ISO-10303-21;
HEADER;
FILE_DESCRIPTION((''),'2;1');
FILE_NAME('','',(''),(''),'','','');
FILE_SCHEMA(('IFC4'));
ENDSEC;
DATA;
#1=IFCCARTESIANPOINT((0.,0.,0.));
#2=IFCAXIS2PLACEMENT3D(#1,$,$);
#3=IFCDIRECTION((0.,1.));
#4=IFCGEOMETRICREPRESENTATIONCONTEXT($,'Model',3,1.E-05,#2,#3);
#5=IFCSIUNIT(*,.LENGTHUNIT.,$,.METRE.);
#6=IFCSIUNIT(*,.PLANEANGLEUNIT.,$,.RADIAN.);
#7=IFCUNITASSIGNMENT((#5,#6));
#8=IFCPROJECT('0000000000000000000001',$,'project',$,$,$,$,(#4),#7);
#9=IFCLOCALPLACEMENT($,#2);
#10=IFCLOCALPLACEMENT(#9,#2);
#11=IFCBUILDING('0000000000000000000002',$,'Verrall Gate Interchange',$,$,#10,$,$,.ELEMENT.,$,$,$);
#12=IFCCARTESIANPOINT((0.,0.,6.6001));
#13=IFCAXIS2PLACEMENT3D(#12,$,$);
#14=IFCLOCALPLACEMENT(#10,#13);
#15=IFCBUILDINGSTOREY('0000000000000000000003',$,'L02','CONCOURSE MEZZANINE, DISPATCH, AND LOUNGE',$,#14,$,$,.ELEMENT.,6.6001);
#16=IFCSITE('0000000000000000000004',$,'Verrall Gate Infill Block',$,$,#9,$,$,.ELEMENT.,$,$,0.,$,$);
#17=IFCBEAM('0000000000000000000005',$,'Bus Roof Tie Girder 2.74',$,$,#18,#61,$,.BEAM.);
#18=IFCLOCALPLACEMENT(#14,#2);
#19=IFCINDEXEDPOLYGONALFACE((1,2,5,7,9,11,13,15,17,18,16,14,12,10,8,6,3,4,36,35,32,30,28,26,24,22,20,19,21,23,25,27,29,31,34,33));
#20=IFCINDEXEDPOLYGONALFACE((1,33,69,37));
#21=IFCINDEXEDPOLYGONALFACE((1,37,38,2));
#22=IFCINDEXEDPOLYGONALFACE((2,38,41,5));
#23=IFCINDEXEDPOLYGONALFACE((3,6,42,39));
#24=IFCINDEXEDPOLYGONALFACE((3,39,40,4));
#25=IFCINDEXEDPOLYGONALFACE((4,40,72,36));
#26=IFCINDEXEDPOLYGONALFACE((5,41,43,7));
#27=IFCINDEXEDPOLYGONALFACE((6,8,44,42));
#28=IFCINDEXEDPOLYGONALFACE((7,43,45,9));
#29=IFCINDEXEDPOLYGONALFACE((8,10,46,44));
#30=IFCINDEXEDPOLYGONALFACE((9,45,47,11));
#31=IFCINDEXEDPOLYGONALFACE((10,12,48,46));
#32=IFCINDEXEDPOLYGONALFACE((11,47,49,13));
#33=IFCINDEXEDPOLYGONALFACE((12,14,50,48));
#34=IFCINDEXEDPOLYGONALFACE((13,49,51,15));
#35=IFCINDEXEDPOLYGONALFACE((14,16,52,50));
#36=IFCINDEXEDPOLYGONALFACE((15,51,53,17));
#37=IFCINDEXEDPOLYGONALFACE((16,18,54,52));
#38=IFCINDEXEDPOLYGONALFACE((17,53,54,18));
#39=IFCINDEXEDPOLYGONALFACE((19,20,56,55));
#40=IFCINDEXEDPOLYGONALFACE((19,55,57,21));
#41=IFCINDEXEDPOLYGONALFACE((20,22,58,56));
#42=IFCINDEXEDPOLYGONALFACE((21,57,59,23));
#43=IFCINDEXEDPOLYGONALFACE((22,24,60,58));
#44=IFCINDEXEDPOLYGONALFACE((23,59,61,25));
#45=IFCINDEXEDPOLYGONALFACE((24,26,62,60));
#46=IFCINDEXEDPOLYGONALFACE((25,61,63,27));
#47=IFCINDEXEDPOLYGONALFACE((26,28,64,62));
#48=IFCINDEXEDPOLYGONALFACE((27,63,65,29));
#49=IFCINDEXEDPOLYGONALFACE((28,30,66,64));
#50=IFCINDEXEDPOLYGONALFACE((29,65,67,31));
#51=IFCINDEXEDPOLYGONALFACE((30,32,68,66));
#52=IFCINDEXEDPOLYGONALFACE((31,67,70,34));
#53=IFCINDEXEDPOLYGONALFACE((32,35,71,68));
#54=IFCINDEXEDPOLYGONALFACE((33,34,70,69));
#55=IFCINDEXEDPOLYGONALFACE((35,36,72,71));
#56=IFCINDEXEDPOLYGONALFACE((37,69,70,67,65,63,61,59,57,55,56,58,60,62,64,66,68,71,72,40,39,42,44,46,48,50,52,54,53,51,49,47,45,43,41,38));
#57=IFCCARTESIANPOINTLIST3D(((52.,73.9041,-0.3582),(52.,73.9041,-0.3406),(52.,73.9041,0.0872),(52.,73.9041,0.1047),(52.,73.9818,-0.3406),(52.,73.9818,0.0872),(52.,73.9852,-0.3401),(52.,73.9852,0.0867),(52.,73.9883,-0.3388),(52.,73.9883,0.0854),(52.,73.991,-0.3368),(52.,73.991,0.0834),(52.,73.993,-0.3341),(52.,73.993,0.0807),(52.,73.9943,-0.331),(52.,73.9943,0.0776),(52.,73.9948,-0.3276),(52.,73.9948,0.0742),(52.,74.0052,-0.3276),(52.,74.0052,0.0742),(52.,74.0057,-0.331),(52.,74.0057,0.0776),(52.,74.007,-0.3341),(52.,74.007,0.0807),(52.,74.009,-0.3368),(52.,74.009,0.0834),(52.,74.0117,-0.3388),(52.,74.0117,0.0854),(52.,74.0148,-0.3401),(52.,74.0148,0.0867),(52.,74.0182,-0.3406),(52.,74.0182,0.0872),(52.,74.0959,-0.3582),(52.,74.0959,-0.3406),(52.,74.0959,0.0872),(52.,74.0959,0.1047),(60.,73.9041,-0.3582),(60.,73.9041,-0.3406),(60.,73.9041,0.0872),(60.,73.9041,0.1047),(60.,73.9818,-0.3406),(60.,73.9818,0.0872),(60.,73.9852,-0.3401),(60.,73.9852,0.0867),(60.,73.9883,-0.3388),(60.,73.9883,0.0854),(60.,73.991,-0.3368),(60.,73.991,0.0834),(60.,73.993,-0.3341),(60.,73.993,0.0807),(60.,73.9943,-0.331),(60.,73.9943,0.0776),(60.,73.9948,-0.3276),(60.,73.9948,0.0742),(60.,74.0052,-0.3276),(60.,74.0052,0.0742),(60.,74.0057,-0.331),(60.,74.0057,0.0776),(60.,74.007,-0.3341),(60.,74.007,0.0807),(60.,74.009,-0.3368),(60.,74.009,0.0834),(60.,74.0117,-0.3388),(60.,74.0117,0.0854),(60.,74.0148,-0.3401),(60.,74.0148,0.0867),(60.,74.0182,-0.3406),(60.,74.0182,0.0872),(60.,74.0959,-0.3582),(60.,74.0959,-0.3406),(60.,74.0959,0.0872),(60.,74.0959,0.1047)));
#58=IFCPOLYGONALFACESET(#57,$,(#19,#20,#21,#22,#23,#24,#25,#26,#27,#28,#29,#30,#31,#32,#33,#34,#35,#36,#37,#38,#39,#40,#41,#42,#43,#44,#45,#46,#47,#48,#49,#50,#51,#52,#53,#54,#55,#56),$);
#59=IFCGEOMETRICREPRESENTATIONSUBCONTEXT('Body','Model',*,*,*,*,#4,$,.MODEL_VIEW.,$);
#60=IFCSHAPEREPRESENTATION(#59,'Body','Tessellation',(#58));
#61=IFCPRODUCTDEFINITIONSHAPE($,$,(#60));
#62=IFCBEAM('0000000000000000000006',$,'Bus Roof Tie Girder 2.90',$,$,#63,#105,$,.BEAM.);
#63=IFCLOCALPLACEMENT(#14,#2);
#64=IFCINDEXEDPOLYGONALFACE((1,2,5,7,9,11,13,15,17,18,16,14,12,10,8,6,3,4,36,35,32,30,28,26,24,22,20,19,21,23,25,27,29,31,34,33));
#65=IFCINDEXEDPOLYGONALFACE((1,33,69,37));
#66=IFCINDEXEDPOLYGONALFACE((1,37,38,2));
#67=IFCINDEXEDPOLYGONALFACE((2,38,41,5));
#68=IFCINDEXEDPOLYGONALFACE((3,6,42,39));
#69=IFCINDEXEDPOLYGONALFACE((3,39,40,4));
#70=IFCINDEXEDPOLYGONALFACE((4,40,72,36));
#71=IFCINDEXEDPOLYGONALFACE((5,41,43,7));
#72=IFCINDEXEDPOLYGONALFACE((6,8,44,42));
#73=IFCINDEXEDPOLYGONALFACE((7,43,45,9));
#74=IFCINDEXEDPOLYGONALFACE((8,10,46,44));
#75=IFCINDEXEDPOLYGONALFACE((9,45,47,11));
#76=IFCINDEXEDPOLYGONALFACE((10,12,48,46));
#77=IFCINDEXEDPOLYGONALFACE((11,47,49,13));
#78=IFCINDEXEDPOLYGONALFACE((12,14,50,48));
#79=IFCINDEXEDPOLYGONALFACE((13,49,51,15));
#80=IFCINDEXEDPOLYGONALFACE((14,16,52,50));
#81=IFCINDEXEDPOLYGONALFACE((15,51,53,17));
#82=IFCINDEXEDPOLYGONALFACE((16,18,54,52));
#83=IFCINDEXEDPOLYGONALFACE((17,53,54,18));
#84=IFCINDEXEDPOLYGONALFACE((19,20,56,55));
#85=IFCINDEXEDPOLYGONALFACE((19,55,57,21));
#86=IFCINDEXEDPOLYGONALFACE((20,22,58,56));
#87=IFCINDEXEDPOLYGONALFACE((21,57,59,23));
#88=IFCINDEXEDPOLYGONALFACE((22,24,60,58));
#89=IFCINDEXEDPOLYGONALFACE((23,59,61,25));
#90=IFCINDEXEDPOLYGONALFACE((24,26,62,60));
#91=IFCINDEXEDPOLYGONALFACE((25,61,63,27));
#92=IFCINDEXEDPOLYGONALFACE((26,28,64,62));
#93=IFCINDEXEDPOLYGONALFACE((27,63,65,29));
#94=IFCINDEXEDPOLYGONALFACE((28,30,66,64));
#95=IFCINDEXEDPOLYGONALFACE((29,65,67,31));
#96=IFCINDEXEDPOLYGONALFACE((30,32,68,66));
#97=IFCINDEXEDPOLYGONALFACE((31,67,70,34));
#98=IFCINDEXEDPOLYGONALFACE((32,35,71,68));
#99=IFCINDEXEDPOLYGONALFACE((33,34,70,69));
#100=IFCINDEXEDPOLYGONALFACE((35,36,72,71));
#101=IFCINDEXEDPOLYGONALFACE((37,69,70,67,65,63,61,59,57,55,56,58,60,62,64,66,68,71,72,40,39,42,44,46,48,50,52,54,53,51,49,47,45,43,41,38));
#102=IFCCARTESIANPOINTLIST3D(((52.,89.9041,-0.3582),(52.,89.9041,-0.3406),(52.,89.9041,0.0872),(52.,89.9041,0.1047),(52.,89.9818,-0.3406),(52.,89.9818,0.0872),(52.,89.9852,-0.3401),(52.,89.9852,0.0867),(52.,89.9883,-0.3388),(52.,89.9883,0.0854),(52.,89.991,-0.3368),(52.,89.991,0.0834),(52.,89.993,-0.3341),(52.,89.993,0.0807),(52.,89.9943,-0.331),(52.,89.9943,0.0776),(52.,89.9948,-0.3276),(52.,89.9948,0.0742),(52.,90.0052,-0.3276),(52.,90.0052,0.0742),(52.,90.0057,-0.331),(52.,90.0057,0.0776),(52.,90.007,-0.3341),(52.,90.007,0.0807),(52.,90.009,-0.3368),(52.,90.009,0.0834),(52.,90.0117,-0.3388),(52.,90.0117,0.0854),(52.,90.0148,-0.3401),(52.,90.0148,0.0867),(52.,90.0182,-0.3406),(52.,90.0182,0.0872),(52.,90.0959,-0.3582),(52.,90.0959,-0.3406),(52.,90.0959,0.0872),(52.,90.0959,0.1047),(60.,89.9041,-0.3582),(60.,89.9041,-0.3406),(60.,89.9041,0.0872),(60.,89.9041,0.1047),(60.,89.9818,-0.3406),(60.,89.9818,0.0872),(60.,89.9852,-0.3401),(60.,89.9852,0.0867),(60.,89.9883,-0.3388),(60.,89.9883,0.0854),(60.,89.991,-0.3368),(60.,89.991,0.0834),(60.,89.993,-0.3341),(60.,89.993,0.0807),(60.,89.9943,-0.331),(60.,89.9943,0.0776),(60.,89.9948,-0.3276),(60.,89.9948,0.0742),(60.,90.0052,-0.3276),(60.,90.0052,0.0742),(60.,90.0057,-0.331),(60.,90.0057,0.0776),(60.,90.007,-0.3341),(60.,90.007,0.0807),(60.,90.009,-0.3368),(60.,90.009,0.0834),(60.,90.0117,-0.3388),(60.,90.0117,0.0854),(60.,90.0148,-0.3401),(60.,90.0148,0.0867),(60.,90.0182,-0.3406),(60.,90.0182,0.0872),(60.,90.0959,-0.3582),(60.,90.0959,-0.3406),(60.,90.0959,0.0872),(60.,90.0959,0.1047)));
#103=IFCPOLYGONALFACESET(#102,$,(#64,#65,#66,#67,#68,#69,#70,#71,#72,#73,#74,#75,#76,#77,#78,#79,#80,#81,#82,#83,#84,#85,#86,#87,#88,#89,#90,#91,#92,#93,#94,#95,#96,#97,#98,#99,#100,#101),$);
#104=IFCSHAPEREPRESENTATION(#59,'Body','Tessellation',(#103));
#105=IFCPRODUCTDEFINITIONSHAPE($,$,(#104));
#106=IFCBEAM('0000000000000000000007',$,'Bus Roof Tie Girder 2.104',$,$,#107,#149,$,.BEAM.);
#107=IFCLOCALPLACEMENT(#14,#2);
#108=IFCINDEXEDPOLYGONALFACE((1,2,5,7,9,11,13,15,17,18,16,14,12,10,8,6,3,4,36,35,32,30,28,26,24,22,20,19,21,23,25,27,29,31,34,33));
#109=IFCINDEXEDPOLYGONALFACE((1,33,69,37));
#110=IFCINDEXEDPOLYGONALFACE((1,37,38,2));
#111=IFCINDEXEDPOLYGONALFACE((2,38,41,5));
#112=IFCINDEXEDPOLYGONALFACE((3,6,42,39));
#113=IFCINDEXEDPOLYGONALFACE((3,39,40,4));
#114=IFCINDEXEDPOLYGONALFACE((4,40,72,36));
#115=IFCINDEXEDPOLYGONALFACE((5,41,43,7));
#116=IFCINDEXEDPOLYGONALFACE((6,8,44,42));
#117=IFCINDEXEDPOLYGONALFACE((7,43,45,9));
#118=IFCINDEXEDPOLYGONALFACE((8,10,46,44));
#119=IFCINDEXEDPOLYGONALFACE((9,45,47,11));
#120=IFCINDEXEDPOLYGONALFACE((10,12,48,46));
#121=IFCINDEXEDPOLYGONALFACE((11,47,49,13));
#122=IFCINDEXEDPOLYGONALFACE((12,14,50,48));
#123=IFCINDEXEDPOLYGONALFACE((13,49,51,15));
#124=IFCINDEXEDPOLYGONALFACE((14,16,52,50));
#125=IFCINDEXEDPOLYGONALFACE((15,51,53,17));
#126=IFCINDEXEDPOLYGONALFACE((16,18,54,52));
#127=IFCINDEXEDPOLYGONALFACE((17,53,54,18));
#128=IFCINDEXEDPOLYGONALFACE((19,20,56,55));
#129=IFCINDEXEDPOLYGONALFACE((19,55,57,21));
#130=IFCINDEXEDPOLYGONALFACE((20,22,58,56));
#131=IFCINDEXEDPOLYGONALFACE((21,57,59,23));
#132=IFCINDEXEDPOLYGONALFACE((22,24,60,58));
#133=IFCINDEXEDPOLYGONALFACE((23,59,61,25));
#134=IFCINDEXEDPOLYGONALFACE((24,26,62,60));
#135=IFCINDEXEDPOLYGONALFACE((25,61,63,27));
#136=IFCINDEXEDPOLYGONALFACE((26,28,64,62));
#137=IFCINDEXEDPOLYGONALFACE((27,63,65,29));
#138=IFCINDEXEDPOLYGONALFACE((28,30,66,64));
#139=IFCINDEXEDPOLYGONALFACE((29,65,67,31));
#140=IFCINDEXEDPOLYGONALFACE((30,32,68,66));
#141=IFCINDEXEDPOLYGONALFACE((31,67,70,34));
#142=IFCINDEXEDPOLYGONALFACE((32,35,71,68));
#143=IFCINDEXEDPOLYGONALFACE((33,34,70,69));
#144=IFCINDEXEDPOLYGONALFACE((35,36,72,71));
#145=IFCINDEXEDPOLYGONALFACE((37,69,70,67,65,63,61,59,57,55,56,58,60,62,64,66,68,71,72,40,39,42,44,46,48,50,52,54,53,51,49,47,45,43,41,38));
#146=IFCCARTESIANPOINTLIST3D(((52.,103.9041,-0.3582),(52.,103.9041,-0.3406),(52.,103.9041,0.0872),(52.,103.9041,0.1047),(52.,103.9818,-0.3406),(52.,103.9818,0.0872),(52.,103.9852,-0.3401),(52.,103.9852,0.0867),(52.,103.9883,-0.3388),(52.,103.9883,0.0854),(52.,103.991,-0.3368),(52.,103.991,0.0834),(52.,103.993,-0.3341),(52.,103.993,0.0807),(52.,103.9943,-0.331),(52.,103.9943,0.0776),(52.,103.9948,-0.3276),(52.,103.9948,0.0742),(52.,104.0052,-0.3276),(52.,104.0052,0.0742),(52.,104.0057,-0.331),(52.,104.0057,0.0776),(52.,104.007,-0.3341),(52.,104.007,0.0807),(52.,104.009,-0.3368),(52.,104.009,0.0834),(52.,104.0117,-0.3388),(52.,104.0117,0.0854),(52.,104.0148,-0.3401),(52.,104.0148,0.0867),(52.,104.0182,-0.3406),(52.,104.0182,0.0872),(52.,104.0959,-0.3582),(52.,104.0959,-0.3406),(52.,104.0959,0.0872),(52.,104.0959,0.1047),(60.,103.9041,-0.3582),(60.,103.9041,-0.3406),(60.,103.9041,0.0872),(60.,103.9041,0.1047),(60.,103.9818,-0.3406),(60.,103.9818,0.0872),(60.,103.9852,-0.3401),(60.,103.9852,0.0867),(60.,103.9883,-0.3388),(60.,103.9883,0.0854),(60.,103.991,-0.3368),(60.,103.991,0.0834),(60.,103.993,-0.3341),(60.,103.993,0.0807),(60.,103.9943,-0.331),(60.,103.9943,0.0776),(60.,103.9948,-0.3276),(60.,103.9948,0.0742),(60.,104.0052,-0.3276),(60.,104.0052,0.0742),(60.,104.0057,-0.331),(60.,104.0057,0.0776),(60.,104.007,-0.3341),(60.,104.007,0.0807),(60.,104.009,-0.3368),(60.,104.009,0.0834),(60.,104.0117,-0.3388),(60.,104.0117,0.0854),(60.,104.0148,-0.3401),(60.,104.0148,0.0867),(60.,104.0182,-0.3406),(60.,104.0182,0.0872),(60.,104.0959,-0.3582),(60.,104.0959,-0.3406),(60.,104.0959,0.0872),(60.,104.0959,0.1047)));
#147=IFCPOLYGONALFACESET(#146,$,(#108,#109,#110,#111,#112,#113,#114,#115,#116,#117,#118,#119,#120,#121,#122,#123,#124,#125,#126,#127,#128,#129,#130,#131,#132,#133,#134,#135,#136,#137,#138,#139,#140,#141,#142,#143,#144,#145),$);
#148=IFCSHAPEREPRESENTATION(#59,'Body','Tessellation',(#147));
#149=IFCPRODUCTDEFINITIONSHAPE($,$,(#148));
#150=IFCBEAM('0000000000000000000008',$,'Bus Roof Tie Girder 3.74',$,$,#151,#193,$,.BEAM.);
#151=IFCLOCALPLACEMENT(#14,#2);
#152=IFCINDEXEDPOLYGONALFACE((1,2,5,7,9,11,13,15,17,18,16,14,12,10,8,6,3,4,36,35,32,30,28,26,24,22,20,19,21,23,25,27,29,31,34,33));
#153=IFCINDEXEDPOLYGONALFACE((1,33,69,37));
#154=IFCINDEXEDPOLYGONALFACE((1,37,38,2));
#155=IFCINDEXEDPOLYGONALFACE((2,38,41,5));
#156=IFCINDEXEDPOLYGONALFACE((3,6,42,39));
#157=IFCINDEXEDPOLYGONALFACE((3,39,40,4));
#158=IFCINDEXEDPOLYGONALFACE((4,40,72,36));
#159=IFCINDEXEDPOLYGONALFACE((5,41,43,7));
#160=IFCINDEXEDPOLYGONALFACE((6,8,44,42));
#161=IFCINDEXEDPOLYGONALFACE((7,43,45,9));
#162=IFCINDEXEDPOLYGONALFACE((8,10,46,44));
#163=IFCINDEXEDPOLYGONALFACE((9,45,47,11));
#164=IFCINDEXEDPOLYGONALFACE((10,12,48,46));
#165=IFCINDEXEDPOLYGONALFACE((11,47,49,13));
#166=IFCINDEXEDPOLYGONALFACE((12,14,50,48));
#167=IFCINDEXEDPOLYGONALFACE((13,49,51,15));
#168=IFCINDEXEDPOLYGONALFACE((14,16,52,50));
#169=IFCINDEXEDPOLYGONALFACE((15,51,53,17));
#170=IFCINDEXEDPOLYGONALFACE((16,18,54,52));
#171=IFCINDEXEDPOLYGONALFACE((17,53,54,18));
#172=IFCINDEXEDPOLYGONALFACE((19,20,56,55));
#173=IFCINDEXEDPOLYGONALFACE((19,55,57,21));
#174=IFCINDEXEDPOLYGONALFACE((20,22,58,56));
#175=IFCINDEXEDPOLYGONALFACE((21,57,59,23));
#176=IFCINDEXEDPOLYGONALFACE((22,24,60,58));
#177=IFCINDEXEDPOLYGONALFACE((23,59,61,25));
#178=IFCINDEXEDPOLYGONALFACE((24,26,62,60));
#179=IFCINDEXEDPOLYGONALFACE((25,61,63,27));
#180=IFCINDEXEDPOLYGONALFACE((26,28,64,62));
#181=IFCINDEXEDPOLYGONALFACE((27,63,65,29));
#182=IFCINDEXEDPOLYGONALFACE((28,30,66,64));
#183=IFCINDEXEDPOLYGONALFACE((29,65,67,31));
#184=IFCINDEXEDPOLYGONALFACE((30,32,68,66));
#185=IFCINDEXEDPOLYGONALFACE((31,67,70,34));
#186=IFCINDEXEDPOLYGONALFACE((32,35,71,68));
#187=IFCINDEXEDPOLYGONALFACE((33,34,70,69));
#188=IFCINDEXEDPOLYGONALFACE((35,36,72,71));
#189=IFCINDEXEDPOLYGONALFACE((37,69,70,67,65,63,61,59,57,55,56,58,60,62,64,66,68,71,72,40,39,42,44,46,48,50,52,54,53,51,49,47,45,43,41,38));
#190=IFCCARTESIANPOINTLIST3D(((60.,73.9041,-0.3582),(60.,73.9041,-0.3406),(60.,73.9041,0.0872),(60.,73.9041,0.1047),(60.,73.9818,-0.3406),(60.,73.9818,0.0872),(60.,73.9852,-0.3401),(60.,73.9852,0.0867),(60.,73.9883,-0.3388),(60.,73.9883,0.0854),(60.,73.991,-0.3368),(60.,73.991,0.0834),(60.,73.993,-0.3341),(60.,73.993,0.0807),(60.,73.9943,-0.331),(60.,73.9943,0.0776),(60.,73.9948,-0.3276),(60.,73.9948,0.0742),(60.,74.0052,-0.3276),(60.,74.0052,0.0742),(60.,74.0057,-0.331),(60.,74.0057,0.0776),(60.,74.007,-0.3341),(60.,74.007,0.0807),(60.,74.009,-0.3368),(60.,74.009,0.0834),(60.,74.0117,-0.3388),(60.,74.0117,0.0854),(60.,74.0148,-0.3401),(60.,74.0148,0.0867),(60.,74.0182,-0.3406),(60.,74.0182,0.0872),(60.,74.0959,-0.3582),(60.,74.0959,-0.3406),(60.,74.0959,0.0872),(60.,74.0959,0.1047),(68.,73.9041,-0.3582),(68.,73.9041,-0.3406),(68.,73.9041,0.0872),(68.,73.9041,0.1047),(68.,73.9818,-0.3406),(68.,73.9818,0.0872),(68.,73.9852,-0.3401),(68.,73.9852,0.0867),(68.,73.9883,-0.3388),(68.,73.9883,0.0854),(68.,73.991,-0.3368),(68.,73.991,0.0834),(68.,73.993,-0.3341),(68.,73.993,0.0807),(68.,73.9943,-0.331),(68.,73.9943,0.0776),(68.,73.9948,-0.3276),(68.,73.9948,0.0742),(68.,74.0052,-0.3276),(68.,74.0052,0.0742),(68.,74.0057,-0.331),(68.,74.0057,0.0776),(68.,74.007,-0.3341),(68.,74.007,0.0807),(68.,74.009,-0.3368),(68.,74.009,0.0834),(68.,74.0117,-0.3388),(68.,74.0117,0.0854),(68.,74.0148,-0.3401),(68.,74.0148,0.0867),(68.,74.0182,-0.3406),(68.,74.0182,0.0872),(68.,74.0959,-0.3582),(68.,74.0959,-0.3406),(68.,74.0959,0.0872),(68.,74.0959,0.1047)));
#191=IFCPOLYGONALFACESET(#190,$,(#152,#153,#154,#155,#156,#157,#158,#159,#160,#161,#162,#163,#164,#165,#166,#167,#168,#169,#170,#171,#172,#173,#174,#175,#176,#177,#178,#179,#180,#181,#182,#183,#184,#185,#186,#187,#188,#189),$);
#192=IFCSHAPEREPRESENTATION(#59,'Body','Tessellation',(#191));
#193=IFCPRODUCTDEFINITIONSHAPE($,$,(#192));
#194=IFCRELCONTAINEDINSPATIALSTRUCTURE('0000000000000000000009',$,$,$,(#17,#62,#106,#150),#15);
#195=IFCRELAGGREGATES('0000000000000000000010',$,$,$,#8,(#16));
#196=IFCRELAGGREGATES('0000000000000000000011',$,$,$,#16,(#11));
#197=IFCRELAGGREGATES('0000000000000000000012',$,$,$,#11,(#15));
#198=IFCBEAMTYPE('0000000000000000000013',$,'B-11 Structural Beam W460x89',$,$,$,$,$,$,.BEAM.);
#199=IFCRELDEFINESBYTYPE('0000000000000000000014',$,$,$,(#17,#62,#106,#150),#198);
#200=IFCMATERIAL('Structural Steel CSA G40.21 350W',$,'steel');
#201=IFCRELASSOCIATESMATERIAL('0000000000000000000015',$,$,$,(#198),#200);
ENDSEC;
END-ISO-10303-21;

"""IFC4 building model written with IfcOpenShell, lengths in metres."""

from ifc_helpers import new_model, si_unit, direction, frame, origin, origin_2d, place, context, subcontext, project, spatial, i_section, extrude, material, material_profile, profile_set, type_object, element, save


model = new_model("IFC4")

# Units and contexts
model_context = context("Model", 3, precision=1e-05, world=origin(), true_north=direction((0.0, 1.0)))
body_context = subcontext(model_context, "Body", "Model", "MODEL_VIEW")
ifc_project = project(units=[si_unit("LENGTHUNIT", "METRE"), si_unit("PLANEANGLEUNIT", "RADIAN")], contexts=[model_context])

# Site, building, storey
site_placement = place(None, origin())
site = spatial("IfcSite", under=ifc_project, at=site_placement, Name="Verrall Gate Infill Block", CompositionType="ELEMENT", RefElevation=0.0)
building_placement = place(site_placement, origin())
building = spatial("IfcBuilding", under=site, at=building_placement, Name="Verrall Gate Interchange", CompositionType="ELEMENT")
storey_placement = place(building_placement, frame((0.0, 0.0, 6.6001)))
storey = spatial("IfcBuildingStorey", under=building, at=storey_placement, Name="L02", Description="CONCOURSE MEZZANINE, DISPATCH, AND LOUNGE", CompositionType="ELEMENT", Elevation=6.6001)

# Beams
ifc_material_1 = material(Name="Structural Steel CSA G40.21 350W", Category="steel")
ifc_material_profile_1 = material_profile(ifc_material_1, i_section(OverallWidth=0.1919, OverallDepth=0.4629, WebThickness=0.0105, FlangeThickness=0.0176, FilletRadius=0.0129, at=origin_2d()), Name="W460x89")
ifc_profile_set_1 = profile_set([ifc_material_profile_1], Name="Structural Steel CSA G40.21 350W")
beam_type = type_object("IfcBeamType", Name="B-11 Structural Beam W460x89", PredefinedType="BEAM", material=ifc_profile_set_1)
for number, where, z_axis, x_axis, name in (
    (1, (52.0, 74.0, -0.1267), (1.0, 0.0, 0.0), (0.0, 1.0, 0.0), "Bus Roof Tie Girder 2.74"),
    (2, (52.0, 90.0, -0.1267), (1.0, 0.0, 0.0), (0.0, 1.0, 0.0), "Bus Roof Tie Girder 2.90"),
    (3, (52.0, 104.0, -0.1267), (1.0, 0.0, 0.0), (0.0, 1.0, 0.0), "Bus Roof Tie Girder 2.104"),
    (4, (60.0, 74.0, -0.1267), (1.0, 0.0, 0.0), (0.0, 1.0, 0.0), "Bus Roof Tie Girder 3.74"),
):
    element("IfcBeam", number, at=place(storey_placement, frame(where, z_axis=z_axis, x_axis=x_axis)), inside=storey, type_object=beam_type, Name=name, PredefinedType="BEAM", context=body_context, shape_type="SweptSolid", body=[
        extrude(i_section(OverallWidth=0.1919, OverallDepth=0.4629, WebThickness=0.0105, FlangeThickness=0.0176, FilletRadius=0.0129, at=origin_2d()), origin(), (0.0, 0.0, 1.0), 8.0),
    ])

save(model, "model.ifc")
